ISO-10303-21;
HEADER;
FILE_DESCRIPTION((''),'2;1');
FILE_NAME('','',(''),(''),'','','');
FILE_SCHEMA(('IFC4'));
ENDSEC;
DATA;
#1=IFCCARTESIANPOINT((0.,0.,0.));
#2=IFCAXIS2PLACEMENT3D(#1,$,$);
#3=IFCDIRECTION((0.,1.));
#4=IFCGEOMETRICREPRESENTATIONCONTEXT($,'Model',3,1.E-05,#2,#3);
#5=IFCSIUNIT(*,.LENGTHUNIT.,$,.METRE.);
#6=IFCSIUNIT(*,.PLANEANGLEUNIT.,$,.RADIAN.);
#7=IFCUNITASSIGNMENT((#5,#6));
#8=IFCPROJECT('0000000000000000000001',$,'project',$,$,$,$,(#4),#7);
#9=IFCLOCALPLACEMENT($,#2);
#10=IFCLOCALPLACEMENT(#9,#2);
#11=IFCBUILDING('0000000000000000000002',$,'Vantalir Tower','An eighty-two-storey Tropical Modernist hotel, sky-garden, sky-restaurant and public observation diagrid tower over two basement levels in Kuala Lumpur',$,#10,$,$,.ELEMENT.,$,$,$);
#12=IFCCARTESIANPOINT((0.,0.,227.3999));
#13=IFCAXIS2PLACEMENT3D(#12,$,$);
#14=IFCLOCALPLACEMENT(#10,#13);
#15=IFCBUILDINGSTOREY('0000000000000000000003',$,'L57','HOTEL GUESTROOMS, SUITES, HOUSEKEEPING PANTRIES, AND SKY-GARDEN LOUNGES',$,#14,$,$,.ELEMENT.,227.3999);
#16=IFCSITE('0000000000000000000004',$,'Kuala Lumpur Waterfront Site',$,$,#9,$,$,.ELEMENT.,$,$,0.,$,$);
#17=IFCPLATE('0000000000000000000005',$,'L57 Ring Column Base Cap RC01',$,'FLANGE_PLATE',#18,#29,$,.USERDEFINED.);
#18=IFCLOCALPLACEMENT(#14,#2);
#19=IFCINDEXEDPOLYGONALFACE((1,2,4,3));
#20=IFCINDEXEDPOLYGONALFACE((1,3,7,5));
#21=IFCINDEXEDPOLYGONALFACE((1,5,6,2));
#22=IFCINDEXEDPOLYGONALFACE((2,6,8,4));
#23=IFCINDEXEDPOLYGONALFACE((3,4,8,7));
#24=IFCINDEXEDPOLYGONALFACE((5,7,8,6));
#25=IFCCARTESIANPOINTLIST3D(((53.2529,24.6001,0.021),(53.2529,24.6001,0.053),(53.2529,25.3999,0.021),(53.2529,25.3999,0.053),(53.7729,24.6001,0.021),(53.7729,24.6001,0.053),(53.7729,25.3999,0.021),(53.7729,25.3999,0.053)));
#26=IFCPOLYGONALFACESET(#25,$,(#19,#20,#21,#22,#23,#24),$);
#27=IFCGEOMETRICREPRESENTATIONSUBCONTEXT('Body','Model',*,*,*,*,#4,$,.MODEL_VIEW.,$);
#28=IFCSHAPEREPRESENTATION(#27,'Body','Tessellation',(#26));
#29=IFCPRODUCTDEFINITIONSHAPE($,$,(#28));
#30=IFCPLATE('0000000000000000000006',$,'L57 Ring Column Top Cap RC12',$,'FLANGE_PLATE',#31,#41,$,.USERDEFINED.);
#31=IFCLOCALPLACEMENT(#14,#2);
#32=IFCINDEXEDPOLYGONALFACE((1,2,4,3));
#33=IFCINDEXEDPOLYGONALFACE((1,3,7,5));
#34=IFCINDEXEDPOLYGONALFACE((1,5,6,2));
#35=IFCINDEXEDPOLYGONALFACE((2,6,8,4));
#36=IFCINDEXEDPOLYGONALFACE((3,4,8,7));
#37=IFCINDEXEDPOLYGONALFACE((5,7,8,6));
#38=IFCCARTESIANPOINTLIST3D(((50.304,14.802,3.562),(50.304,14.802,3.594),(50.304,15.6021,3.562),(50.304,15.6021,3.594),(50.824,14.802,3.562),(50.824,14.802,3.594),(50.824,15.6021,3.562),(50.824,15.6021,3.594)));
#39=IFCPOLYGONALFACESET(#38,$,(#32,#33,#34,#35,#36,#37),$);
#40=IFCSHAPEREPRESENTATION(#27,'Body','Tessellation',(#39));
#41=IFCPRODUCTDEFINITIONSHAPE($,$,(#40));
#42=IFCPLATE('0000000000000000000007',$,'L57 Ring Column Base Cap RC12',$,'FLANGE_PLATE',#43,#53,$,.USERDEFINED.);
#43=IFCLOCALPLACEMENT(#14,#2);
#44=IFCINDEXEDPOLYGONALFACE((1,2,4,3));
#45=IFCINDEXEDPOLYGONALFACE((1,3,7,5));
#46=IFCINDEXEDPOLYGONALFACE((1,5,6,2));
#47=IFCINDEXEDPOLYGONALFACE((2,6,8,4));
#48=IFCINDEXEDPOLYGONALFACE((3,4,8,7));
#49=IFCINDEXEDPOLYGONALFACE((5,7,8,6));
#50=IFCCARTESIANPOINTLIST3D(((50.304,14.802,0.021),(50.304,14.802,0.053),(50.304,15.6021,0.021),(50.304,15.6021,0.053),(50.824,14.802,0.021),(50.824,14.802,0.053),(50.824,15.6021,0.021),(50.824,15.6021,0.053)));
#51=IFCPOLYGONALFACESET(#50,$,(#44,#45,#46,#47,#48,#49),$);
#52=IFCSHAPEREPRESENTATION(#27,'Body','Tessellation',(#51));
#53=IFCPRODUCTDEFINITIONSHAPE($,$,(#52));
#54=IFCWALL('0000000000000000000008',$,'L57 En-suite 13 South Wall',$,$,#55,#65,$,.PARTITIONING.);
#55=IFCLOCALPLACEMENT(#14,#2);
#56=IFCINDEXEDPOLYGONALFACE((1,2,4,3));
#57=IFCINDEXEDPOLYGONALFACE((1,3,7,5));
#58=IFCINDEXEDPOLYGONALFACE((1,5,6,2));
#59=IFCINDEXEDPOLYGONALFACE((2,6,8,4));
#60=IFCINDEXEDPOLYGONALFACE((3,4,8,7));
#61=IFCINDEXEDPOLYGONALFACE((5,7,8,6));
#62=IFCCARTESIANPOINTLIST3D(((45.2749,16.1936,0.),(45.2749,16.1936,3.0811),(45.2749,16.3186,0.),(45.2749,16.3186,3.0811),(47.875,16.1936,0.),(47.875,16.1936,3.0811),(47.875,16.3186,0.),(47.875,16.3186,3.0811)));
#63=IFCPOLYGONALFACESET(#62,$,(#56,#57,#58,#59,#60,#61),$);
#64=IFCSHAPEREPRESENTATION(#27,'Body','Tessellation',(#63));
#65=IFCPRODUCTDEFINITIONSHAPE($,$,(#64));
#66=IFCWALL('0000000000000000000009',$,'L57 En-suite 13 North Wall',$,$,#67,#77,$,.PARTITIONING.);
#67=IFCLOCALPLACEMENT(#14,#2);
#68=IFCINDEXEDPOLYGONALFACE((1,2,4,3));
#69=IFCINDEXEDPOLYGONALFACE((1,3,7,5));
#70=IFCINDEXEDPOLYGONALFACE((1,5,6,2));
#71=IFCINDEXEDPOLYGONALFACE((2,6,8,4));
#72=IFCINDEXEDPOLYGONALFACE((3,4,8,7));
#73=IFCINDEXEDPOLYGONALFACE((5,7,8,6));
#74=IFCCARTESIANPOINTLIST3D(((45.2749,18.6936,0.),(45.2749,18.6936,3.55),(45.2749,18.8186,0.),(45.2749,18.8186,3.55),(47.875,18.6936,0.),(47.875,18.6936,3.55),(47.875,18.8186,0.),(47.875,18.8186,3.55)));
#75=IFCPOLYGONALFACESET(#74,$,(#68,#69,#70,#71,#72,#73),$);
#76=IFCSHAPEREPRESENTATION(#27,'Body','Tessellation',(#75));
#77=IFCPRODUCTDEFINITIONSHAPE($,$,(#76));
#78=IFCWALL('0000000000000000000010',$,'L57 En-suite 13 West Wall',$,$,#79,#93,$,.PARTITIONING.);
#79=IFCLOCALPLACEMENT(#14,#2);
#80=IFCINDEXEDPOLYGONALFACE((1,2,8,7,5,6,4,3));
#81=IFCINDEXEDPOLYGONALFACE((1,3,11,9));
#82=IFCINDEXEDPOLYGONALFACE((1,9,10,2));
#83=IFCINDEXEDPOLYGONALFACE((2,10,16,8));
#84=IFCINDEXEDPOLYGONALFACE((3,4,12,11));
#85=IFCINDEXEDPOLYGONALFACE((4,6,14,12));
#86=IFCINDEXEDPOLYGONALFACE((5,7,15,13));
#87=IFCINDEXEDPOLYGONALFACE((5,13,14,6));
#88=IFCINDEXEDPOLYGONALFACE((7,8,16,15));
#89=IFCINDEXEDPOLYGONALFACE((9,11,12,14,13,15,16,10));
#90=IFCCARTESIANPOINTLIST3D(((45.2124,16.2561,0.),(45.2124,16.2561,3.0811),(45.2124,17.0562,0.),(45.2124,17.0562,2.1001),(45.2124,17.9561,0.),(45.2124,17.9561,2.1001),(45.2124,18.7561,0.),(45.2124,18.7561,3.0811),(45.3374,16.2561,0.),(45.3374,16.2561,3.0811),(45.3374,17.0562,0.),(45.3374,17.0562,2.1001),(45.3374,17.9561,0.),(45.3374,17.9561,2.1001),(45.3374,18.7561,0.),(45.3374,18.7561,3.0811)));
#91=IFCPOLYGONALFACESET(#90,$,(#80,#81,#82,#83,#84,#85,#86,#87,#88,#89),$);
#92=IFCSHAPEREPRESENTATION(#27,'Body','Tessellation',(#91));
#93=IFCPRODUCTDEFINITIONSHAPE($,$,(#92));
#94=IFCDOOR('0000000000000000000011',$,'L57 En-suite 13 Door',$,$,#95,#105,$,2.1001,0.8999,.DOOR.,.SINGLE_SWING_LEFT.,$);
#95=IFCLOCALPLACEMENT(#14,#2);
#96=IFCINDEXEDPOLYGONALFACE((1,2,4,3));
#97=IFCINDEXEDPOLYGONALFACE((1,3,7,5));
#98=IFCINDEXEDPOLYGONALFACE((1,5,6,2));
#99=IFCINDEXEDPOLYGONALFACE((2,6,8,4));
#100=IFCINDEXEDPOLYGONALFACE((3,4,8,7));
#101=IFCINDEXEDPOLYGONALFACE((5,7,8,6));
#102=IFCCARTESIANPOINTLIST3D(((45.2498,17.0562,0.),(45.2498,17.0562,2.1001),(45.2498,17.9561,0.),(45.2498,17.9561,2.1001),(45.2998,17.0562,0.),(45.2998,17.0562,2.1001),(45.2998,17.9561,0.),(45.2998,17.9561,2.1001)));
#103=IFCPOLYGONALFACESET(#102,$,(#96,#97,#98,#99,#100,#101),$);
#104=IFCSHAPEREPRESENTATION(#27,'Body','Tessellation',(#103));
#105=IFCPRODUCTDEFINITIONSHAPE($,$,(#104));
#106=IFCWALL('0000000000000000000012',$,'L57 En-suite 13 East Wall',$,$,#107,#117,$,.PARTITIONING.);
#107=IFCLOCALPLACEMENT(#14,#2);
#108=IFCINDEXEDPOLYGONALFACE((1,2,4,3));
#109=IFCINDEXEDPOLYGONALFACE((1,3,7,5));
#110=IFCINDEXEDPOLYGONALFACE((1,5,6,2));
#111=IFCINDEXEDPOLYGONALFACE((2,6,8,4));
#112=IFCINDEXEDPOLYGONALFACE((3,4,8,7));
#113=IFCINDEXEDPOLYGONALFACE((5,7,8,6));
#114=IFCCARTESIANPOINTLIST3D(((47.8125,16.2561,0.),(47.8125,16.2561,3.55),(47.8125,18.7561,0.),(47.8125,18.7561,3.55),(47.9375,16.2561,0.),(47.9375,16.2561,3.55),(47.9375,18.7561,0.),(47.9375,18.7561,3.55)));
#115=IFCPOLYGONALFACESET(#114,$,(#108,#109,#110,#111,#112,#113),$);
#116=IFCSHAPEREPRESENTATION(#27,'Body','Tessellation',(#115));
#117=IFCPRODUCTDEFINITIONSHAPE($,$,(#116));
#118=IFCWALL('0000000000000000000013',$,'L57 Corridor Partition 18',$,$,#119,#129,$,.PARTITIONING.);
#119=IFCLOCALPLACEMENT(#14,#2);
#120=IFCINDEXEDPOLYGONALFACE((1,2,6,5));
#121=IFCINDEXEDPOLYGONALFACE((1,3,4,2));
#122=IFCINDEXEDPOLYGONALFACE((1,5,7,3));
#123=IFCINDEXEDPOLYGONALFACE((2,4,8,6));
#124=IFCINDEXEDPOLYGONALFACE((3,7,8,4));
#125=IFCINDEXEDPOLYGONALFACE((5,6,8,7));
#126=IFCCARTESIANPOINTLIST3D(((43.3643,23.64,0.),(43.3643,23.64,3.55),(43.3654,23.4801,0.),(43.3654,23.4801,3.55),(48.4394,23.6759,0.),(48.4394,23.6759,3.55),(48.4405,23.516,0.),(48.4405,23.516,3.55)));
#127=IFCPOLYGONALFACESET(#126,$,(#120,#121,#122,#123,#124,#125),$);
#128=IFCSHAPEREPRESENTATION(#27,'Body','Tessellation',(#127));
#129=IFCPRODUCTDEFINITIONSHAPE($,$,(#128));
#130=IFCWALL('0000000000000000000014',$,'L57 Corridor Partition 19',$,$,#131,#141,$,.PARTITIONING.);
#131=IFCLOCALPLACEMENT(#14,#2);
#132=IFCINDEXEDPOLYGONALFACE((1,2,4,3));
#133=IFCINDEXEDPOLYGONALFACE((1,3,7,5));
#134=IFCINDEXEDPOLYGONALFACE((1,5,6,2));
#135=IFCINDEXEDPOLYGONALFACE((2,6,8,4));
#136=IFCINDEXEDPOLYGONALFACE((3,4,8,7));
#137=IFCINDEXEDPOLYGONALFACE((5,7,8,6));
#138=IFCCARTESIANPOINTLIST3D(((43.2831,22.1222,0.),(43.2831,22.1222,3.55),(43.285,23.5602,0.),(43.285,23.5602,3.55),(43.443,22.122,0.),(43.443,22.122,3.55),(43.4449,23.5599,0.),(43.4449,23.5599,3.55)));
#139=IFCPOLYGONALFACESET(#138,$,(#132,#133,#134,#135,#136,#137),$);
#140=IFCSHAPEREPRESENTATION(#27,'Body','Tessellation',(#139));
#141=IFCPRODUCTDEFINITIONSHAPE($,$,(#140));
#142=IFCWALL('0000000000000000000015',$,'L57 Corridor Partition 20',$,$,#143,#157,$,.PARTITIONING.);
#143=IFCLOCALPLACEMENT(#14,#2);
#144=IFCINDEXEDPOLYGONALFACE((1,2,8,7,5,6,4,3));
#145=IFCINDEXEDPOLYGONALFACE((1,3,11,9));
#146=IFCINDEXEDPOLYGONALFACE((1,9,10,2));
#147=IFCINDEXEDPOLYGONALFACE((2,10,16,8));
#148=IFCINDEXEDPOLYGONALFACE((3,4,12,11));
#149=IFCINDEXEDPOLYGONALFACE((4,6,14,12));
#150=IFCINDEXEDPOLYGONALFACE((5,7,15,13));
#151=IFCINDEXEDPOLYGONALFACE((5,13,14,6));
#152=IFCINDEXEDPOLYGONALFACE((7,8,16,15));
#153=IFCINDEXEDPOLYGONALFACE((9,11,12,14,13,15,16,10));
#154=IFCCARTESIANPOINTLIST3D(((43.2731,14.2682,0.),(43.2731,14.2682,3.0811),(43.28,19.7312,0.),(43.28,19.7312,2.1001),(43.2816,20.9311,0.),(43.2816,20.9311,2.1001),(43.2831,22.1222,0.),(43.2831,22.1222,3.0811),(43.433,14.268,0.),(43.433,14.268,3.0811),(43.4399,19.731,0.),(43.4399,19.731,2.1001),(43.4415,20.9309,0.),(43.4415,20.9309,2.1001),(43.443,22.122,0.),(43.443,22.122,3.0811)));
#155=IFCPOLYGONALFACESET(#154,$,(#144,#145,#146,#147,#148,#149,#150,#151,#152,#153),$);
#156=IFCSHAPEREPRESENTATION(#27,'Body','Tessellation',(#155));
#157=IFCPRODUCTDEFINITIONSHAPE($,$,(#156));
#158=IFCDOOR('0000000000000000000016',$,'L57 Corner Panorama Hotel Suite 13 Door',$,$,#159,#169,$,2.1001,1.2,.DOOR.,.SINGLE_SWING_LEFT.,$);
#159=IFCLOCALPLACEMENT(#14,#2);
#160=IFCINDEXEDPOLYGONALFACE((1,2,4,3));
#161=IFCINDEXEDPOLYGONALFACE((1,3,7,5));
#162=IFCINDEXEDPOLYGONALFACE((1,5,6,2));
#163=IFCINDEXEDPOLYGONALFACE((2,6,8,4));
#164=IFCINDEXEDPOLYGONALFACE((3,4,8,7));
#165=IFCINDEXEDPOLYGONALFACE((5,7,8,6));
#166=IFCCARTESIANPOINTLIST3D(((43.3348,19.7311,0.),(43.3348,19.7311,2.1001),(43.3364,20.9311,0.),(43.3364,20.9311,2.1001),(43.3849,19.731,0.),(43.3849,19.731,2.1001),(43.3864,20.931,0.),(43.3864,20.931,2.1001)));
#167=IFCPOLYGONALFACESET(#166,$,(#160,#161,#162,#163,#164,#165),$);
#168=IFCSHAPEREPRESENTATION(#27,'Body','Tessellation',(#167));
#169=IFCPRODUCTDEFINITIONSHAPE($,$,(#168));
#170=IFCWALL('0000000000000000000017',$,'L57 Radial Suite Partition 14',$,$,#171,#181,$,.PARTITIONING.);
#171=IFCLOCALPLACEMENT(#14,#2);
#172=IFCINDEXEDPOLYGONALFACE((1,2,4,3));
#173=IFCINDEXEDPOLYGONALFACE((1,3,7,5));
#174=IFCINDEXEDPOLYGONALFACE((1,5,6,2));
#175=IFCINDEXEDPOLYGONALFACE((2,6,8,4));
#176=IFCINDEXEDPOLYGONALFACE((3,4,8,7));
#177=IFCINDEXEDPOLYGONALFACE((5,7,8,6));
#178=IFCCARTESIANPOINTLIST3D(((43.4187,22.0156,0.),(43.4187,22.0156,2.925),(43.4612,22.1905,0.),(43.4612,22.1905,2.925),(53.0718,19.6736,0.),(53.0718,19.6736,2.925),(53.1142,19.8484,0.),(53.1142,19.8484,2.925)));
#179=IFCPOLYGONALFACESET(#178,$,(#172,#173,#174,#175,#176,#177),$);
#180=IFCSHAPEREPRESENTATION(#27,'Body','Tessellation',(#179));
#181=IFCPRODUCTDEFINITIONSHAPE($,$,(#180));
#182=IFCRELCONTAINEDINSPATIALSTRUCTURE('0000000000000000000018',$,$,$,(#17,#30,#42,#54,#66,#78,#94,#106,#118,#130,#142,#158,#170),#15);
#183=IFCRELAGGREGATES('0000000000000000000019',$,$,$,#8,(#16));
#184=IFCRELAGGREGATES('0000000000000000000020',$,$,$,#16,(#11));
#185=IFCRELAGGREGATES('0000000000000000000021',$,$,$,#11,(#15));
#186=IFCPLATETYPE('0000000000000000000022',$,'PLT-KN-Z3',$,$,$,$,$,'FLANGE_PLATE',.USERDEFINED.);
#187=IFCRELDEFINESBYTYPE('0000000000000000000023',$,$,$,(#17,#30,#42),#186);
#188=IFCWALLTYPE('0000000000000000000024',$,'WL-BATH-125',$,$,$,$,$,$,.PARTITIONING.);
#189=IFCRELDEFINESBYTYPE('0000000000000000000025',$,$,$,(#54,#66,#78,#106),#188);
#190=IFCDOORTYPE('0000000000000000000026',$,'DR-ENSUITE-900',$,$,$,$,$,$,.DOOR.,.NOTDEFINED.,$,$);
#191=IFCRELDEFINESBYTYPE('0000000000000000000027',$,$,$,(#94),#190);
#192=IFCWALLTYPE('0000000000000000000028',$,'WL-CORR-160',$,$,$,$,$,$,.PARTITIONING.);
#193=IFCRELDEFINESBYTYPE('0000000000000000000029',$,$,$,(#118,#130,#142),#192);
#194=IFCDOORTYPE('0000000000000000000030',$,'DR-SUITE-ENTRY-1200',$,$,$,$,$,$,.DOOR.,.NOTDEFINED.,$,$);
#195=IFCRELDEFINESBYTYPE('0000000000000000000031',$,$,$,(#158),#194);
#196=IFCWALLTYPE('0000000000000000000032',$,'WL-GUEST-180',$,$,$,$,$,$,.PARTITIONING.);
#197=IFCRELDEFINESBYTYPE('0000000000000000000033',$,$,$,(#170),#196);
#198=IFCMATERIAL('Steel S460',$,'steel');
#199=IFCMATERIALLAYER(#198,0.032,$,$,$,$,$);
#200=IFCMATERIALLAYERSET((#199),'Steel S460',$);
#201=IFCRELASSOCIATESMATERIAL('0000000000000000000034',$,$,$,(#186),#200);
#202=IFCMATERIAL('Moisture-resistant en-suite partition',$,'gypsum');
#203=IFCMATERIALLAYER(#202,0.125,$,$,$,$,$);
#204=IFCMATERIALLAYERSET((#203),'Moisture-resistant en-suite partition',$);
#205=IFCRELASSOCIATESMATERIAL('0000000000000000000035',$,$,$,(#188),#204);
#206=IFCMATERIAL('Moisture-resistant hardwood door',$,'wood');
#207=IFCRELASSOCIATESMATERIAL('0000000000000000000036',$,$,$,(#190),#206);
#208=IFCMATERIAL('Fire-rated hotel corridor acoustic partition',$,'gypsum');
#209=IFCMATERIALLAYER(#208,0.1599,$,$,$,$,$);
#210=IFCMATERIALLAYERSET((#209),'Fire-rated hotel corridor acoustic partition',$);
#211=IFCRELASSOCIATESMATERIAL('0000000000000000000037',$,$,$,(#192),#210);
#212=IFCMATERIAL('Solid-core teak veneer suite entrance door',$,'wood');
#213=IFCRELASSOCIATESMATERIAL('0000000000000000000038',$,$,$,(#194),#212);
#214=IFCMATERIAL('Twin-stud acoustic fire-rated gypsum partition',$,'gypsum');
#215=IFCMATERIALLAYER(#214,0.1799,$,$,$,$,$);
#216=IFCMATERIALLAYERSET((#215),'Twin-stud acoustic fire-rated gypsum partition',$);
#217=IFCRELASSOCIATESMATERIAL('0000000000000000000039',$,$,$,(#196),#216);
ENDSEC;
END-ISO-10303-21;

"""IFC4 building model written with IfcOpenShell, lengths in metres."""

from ifc_helpers import new_model, si_unit, direction, frame, frame_2d, origin, place, context, subcontext, project, spatial, polyline, rectangle, outline, extrude, material, layer, layer_set, type_object, element, fill, save


model = new_model("IFC4")

# Units and contexts
model_context = context("Model", 3, precision=1e-05, world=origin(), true_north=direction((0.0, 1.0)))
body_context = subcontext(model_context, "Body", "Model", "MODEL_VIEW")
ifc_project = project(units=[si_unit("LENGTHUNIT", "METRE"), si_unit("PLANEANGLEUNIT", "RADIAN")], contexts=[model_context])

# Site, building, storey
site_placement = place(None, origin())
site = spatial("IfcSite", under=ifc_project, at=site_placement, Name="Kuala Lumpur Waterfront Site", CompositionType="ELEMENT", RefElevation=0.0)
building_placement = place(site_placement, origin())
building = spatial("IfcBuilding", under=site, at=building_placement, Name="Vantalir Tower", Description="An eighty-two-storey Tropical Modernist hotel, sky-garden, sky-restaurant and public observation diagrid tower over two basement levels in Kuala Lumpur", CompositionType="ELEMENT")
storey_placement = place(building_placement, frame((0.0, 0.0, 227.3999)))
storey = spatial("IfcBuildingStorey", under=building, at=storey_placement, Name="L57", Description="HOTEL GUESTROOMS, SUITES, HOUSEKEEPING PANTRIES, AND SKY-GARDEN LOUNGES", CompositionType="ELEMENT", Elevation=227.3999)

# Shared definitions
ifc_material_1 = material(Name="Steel S460", Category="steel")

# Plates
ifc_layer_1 = layer(ifc_material_1, 0.032)
ifc_layer_set_1 = layer_set([ifc_layer_1], Name="Steel S460")
plate_type_1 = type_object("IfcPlateType", Name="PLT-KN-Z3", ElementType="FLANGE_PLATE", PredefinedType="USERDEFINED", material=ifc_layer_set_1)
for number, where, z_axis, x_axis, name in (
    (1, (53.2529, 25.3999, 0.053), (0.0, 0.0, 1.0), (0.0, -1.0, 0.0), "L57 Ring Column Base Cap RC01"),
):
    element("IfcPlate", number, at=place(storey_placement, frame(where, z_axis=z_axis, x_axis=x_axis)), inside=storey, type_object=plate_type_1, Name=name, ObjectType="FLANGE_PLATE", PredefinedType="USERDEFINED", context=body_context, shape_type="SweptSolid", body=[
        extrude(outline(polyline([(0.0, 0.0), (0.7998, 0.0), (0.7998, 0.52), (0.0, 0.52), (0.0, 0.0)])), origin(), (0.0, 0.0, -1.0), 0.032),
    ])
for number, where, z_axis, x_axis, name in (
    (2, (50.304, 15.6021, 3.594), (0.0, 0.0, 1.0), (0.0, -1.0, 0.0), "L57 Ring Column Top Cap RC12"),
    (3, (50.304, 15.6021, 0.053), (0.0, 0.0, 1.0), (0.0, -1.0, 0.0), "L57 Ring Column Base Cap RC12"),
):
    element("IfcPlate", number, at=place(storey_placement, frame(where, z_axis=z_axis, x_axis=x_axis)), inside=storey, type_object=plate_type_1, Name=name, ObjectType="FLANGE_PLATE", PredefinedType="USERDEFINED", context=body_context, shape_type="SweptSolid", body=[
        extrude(outline(polyline([(0.0, 0.0), (0.8, 0.0), (0.8, 0.52), (0.0, 0.52), (0.0, 0.0)])), origin(), (0.0, 0.0, -1.0), 0.032),
    ])

# Walls
ifc_material_2 = material(Name="Moisture-resistant en-suite partition", Category="gypsum")
ifc_layer_2 = layer(ifc_material_2, 0.125)
ifc_layer_set_2 = layer_set([ifc_layer_2], Name="Moisture-resistant en-suite partition")
wall_type_1 = type_object("IfcWallType", Name="WL-BATH-125", PredefinedType="PARTITIONING", material=ifc_layer_set_2)
wall_1_placement = place(storey_placement, frame((45.2749, 16.2561, 0.0), z_axis=(0.0, 0.0, 1.0), x_axis=(1.0, 0.0, 0.0)))
element("IfcWall", 4, at=wall_1_placement, inside=storey, type_object=wall_type_1, Name="L57 En-suite 13 South Wall", PredefinedType="PARTITIONING", context=body_context, shape_type="SweptSolid", body=[
    extrude(rectangle(XDim=2.6001, YDim=0.125, at=frame_2d((1.3, 0.0))), origin(), (0.0, 0.0, 1.0), 3.0811),
])
wall_2_placement = place(storey_placement, frame((45.2749, 18.7561, 0.0), z_axis=(0.0, 0.0, 1.0), x_axis=(1.0, 0.0, 0.0)))
element("IfcWall", 5, at=wall_2_placement, inside=storey, type_object=wall_type_1, Name="L57 En-suite 13 North Wall", PredefinedType="PARTITIONING", context=body_context, shape_type="SweptSolid", body=[
    extrude(rectangle(XDim=2.6001, YDim=0.125, at=frame_2d((1.3, 0.0))), origin(), (0.0, 0.0, 1.0), 3.55),
])

# Wall, opening, door
wall_3_placement = place(storey_placement, frame((45.2749, 16.2561, 0.0), z_axis=(0.0, 0.0, 1.0), x_axis=(0.0, 1.0, 0.0)))
wall_3 = element("IfcWall", 6, at=wall_3_placement, inside=storey, type_object=wall_type_1, Name="L57 En-suite 13 West Wall", PredefinedType="PARTITIONING", context=body_context, shape_type="SweptSolid", body=[
    extrude(rectangle(XDim=2.5, YDim=0.125, at=frame_2d((1.25, 0.0))), origin(), (0.0, 0.0, 1.0), 3.0811),
])
opening_1_placement = place(wall_3_placement, frame((0.8, 0.0, 0.0)))
opening_1 = element("IfcOpeningElement", 7, at=opening_1_placement, cuts=wall_3, PredefinedType="OPENING", context=body_context, shape_type="SweptSolid", body=[
    extrude(rectangle(XDim=0.8999, YDim=2.1001, at=frame_2d((0.45, 1.05))), frame((0.0, 0.0725, 0.0), z_axis=(0.0, -1.0, 0.0), x_axis=(1.0, 0.0, 0.0)), (0.0, 0.0, 1.0), 0.145),
])
ifc_material_3 = material(Name="Moisture-resistant hardwood door", Category="wood")
door_type_1 = type_object("IfcDoorType", Name="DR-ENSUITE-900", OperationType="NOTDEFINED", PredefinedType="DOOR", material=ifc_material_3)
door_1_placement = place(opening_1_placement, frame((0.8999, 0.0, 0.0), z_axis=(0.0, 0.0, 1.0), x_axis=(-1.0, 0.0, 0.0)))
door_1 = element("IfcDoor", 8, at=door_1_placement, inside=storey, type_object=door_type_1, Name="L57 En-suite 13 Door", OperationType="SINGLE_SWING_LEFT", OverallHeight=2.1001, OverallWidth=0.8999, PredefinedType="DOOR", context=body_context, shape_type="SweptSolid", body=[
    extrude(rectangle(XDim=0.8999, YDim=2.1001, at=frame_2d((0.45, 1.05))), frame((0.0, 0.0249, 0.0), z_axis=(0.0, -1.0, 0.0), x_axis=(1.0, 0.0, 0.0)), (0.0, 0.0, 1.0), 0.05),
])
fill(opening_1, door_1)

# Walls
wall_4_placement = place(storey_placement, frame((47.875, 16.2561, 0.0), z_axis=(0.0, 0.0, 1.0), x_axis=(0.0, 1.0, 0.0)))
element("IfcWall", 9, at=wall_4_placement, inside=storey, type_object=wall_type_1, Name="L57 En-suite 13 East Wall", PredefinedType="PARTITIONING", context=body_context, shape_type="SweptSolid", body=[
    extrude(rectangle(XDim=2.5, YDim=0.125, at=frame_2d((1.25, 0.0))), origin(), (0.0, 0.0, 1.0), 3.55),
])
ifc_material_4 = material(Name="Fire-rated hotel corridor acoustic partition", Category="gypsum")
ifc_layer_3 = layer(ifc_material_4, 0.1599)
ifc_layer_set_3 = layer_set([ifc_layer_3], Name="Fire-rated hotel corridor acoustic partition")
wall_type_2 = type_object("IfcWallType", Name="WL-CORR-160", PredefinedType="PARTITIONING", material=ifc_layer_set_3)
wall_5_placement = place(storey_placement, frame((48.4399, 23.5959, 0.0), z_axis=(0.0, 0.0, 1.0), x_axis=(-0.999975, -0.007072, 0.0)))
element("IfcWall", 10, at=wall_5_placement, inside=storey, type_object=wall_type_2, Name="L57 Corridor Partition 18", PredefinedType="PARTITIONING", context=body_context, shape_type="SweptSolid", body=[
    extrude(rectangle(XDim=5.0752, YDim=0.1599, at=frame_2d((2.5376, 0.0))), origin(), (0.0, 0.0, 1.0), 3.55),
])
wall_6_placement = place(storey_placement, frame((43.365, 23.5601, 0.0), z_axis=(0.0, 0.0, 1.0), x_axis=(-0.001358, -0.999999, 0.0)))
element("IfcWall", 11, at=wall_6_placement, inside=storey, type_object=wall_type_2, Name="L57 Corridor Partition 19", PredefinedType="PARTITIONING", context=body_context, shape_type="SweptSolid", body=[
    extrude(rectangle(XDim=1.438, YDim=0.1599, at=frame_2d((0.719, 0.0))), origin(), (0.0, 0.0, 1.0), 3.55),
])

# Wall, opening, door
wall_7_placement = place(storey_placement, frame((43.363, 22.1221, 0.0), z_axis=(0.0, 0.0, 1.0), x_axis=(-0.001274, -0.999999, 0.0)))
wall_7 = element("IfcWall", 12, at=wall_7_placement, inside=storey, type_object=wall_type_2, Name="L57 Corridor Partition 20", PredefinedType="PARTITIONING", context=body_context, shape_type="SweptSolid", body=[
    extrude(rectangle(XDim=7.854, YDim=0.1599, at=frame_2d((3.927, 0.0))), origin(), (0.0, 0.0, 1.0), 3.0811),
])
opening_2_placement = place(wall_7_placement, frame((1.1909, 0.0, 0.0)))
opening_2 = element("IfcOpeningElement", 13, at=opening_2_placement, cuts=wall_7, PredefinedType="OPENING", context=body_context, shape_type="SweptSolid", body=[
    extrude(rectangle(XDim=1.2, YDim=2.1001, at=frame_2d((0.6001, 1.05))), frame((0.0, 0.0898, 0.0), z_axis=(0.0, -1.0, 0.0), x_axis=(1.0, 0.0, 0.0)), (0.0, 0.0, 1.0), 0.1799),
])
ifc_material_5 = material(Name="Solid-core teak veneer suite entrance door", Category="wood")
door_type_2 = type_object("IfcDoorType", Name="DR-SUITE-ENTRY-1200", OperationType="NOTDEFINED", PredefinedType="DOOR", material=ifc_material_5)
door_2_placement = place(opening_2_placement, origin())
door_2 = element("IfcDoor", 14, at=door_2_placement, inside=storey, type_object=door_type_2, Name="L57 Corner Panorama Hotel Suite 13 Door", OperationType="SINGLE_SWING_LEFT", OverallHeight=2.1001, OverallWidth=1.2, PredefinedType="DOOR", context=body_context, shape_type="SweptSolid", body=[
    extrude(rectangle(XDim=1.2, YDim=2.1001, at=frame_2d((0.6001, 1.05))), frame((0.0, 0.0249, 0.0), z_axis=(0.0, -1.0, 0.0), x_axis=(1.0, 0.0, 0.0)), (0.0, 0.0, 1.0), 0.05),
])
fill(opening_2, door_2)

# Wall
ifc_material_6 = material(Name="Twin-stud acoustic fire-rated gypsum partition", Category="gypsum")
ifc_layer_4 = layer(ifc_material_6, 0.1799)
ifc_layer_set_4 = layer_set([ifc_layer_4], Name="Twin-stud acoustic fire-rated gypsum partition")
wall_type_3 = type_object("IfcWallType", Name="WL-GUEST-180", PredefinedType="PARTITIONING", material=ifc_layer_set_4)
wall_8_placement = place(storey_placement, frame((43.4399, 22.103, 0.0), z_axis=(0.0, 0.0, 1.0), x_axis=(0.971806, -0.235781, 0.0)))
element("IfcWall", 15, at=wall_8_placement, inside=storey, type_object=wall_type_3, Name="L57 Radial Suite Partition 14", PredefinedType="PARTITIONING", context=body_context, shape_type="SweptSolid", body=[
    extrude(rectangle(XDim=9.9331, YDim=0.1799, at=frame_2d((4.9666, 0.0))), origin(), (0.0, 0.0, 1.0), 2.925),
])

save(model, "model.ifc")
